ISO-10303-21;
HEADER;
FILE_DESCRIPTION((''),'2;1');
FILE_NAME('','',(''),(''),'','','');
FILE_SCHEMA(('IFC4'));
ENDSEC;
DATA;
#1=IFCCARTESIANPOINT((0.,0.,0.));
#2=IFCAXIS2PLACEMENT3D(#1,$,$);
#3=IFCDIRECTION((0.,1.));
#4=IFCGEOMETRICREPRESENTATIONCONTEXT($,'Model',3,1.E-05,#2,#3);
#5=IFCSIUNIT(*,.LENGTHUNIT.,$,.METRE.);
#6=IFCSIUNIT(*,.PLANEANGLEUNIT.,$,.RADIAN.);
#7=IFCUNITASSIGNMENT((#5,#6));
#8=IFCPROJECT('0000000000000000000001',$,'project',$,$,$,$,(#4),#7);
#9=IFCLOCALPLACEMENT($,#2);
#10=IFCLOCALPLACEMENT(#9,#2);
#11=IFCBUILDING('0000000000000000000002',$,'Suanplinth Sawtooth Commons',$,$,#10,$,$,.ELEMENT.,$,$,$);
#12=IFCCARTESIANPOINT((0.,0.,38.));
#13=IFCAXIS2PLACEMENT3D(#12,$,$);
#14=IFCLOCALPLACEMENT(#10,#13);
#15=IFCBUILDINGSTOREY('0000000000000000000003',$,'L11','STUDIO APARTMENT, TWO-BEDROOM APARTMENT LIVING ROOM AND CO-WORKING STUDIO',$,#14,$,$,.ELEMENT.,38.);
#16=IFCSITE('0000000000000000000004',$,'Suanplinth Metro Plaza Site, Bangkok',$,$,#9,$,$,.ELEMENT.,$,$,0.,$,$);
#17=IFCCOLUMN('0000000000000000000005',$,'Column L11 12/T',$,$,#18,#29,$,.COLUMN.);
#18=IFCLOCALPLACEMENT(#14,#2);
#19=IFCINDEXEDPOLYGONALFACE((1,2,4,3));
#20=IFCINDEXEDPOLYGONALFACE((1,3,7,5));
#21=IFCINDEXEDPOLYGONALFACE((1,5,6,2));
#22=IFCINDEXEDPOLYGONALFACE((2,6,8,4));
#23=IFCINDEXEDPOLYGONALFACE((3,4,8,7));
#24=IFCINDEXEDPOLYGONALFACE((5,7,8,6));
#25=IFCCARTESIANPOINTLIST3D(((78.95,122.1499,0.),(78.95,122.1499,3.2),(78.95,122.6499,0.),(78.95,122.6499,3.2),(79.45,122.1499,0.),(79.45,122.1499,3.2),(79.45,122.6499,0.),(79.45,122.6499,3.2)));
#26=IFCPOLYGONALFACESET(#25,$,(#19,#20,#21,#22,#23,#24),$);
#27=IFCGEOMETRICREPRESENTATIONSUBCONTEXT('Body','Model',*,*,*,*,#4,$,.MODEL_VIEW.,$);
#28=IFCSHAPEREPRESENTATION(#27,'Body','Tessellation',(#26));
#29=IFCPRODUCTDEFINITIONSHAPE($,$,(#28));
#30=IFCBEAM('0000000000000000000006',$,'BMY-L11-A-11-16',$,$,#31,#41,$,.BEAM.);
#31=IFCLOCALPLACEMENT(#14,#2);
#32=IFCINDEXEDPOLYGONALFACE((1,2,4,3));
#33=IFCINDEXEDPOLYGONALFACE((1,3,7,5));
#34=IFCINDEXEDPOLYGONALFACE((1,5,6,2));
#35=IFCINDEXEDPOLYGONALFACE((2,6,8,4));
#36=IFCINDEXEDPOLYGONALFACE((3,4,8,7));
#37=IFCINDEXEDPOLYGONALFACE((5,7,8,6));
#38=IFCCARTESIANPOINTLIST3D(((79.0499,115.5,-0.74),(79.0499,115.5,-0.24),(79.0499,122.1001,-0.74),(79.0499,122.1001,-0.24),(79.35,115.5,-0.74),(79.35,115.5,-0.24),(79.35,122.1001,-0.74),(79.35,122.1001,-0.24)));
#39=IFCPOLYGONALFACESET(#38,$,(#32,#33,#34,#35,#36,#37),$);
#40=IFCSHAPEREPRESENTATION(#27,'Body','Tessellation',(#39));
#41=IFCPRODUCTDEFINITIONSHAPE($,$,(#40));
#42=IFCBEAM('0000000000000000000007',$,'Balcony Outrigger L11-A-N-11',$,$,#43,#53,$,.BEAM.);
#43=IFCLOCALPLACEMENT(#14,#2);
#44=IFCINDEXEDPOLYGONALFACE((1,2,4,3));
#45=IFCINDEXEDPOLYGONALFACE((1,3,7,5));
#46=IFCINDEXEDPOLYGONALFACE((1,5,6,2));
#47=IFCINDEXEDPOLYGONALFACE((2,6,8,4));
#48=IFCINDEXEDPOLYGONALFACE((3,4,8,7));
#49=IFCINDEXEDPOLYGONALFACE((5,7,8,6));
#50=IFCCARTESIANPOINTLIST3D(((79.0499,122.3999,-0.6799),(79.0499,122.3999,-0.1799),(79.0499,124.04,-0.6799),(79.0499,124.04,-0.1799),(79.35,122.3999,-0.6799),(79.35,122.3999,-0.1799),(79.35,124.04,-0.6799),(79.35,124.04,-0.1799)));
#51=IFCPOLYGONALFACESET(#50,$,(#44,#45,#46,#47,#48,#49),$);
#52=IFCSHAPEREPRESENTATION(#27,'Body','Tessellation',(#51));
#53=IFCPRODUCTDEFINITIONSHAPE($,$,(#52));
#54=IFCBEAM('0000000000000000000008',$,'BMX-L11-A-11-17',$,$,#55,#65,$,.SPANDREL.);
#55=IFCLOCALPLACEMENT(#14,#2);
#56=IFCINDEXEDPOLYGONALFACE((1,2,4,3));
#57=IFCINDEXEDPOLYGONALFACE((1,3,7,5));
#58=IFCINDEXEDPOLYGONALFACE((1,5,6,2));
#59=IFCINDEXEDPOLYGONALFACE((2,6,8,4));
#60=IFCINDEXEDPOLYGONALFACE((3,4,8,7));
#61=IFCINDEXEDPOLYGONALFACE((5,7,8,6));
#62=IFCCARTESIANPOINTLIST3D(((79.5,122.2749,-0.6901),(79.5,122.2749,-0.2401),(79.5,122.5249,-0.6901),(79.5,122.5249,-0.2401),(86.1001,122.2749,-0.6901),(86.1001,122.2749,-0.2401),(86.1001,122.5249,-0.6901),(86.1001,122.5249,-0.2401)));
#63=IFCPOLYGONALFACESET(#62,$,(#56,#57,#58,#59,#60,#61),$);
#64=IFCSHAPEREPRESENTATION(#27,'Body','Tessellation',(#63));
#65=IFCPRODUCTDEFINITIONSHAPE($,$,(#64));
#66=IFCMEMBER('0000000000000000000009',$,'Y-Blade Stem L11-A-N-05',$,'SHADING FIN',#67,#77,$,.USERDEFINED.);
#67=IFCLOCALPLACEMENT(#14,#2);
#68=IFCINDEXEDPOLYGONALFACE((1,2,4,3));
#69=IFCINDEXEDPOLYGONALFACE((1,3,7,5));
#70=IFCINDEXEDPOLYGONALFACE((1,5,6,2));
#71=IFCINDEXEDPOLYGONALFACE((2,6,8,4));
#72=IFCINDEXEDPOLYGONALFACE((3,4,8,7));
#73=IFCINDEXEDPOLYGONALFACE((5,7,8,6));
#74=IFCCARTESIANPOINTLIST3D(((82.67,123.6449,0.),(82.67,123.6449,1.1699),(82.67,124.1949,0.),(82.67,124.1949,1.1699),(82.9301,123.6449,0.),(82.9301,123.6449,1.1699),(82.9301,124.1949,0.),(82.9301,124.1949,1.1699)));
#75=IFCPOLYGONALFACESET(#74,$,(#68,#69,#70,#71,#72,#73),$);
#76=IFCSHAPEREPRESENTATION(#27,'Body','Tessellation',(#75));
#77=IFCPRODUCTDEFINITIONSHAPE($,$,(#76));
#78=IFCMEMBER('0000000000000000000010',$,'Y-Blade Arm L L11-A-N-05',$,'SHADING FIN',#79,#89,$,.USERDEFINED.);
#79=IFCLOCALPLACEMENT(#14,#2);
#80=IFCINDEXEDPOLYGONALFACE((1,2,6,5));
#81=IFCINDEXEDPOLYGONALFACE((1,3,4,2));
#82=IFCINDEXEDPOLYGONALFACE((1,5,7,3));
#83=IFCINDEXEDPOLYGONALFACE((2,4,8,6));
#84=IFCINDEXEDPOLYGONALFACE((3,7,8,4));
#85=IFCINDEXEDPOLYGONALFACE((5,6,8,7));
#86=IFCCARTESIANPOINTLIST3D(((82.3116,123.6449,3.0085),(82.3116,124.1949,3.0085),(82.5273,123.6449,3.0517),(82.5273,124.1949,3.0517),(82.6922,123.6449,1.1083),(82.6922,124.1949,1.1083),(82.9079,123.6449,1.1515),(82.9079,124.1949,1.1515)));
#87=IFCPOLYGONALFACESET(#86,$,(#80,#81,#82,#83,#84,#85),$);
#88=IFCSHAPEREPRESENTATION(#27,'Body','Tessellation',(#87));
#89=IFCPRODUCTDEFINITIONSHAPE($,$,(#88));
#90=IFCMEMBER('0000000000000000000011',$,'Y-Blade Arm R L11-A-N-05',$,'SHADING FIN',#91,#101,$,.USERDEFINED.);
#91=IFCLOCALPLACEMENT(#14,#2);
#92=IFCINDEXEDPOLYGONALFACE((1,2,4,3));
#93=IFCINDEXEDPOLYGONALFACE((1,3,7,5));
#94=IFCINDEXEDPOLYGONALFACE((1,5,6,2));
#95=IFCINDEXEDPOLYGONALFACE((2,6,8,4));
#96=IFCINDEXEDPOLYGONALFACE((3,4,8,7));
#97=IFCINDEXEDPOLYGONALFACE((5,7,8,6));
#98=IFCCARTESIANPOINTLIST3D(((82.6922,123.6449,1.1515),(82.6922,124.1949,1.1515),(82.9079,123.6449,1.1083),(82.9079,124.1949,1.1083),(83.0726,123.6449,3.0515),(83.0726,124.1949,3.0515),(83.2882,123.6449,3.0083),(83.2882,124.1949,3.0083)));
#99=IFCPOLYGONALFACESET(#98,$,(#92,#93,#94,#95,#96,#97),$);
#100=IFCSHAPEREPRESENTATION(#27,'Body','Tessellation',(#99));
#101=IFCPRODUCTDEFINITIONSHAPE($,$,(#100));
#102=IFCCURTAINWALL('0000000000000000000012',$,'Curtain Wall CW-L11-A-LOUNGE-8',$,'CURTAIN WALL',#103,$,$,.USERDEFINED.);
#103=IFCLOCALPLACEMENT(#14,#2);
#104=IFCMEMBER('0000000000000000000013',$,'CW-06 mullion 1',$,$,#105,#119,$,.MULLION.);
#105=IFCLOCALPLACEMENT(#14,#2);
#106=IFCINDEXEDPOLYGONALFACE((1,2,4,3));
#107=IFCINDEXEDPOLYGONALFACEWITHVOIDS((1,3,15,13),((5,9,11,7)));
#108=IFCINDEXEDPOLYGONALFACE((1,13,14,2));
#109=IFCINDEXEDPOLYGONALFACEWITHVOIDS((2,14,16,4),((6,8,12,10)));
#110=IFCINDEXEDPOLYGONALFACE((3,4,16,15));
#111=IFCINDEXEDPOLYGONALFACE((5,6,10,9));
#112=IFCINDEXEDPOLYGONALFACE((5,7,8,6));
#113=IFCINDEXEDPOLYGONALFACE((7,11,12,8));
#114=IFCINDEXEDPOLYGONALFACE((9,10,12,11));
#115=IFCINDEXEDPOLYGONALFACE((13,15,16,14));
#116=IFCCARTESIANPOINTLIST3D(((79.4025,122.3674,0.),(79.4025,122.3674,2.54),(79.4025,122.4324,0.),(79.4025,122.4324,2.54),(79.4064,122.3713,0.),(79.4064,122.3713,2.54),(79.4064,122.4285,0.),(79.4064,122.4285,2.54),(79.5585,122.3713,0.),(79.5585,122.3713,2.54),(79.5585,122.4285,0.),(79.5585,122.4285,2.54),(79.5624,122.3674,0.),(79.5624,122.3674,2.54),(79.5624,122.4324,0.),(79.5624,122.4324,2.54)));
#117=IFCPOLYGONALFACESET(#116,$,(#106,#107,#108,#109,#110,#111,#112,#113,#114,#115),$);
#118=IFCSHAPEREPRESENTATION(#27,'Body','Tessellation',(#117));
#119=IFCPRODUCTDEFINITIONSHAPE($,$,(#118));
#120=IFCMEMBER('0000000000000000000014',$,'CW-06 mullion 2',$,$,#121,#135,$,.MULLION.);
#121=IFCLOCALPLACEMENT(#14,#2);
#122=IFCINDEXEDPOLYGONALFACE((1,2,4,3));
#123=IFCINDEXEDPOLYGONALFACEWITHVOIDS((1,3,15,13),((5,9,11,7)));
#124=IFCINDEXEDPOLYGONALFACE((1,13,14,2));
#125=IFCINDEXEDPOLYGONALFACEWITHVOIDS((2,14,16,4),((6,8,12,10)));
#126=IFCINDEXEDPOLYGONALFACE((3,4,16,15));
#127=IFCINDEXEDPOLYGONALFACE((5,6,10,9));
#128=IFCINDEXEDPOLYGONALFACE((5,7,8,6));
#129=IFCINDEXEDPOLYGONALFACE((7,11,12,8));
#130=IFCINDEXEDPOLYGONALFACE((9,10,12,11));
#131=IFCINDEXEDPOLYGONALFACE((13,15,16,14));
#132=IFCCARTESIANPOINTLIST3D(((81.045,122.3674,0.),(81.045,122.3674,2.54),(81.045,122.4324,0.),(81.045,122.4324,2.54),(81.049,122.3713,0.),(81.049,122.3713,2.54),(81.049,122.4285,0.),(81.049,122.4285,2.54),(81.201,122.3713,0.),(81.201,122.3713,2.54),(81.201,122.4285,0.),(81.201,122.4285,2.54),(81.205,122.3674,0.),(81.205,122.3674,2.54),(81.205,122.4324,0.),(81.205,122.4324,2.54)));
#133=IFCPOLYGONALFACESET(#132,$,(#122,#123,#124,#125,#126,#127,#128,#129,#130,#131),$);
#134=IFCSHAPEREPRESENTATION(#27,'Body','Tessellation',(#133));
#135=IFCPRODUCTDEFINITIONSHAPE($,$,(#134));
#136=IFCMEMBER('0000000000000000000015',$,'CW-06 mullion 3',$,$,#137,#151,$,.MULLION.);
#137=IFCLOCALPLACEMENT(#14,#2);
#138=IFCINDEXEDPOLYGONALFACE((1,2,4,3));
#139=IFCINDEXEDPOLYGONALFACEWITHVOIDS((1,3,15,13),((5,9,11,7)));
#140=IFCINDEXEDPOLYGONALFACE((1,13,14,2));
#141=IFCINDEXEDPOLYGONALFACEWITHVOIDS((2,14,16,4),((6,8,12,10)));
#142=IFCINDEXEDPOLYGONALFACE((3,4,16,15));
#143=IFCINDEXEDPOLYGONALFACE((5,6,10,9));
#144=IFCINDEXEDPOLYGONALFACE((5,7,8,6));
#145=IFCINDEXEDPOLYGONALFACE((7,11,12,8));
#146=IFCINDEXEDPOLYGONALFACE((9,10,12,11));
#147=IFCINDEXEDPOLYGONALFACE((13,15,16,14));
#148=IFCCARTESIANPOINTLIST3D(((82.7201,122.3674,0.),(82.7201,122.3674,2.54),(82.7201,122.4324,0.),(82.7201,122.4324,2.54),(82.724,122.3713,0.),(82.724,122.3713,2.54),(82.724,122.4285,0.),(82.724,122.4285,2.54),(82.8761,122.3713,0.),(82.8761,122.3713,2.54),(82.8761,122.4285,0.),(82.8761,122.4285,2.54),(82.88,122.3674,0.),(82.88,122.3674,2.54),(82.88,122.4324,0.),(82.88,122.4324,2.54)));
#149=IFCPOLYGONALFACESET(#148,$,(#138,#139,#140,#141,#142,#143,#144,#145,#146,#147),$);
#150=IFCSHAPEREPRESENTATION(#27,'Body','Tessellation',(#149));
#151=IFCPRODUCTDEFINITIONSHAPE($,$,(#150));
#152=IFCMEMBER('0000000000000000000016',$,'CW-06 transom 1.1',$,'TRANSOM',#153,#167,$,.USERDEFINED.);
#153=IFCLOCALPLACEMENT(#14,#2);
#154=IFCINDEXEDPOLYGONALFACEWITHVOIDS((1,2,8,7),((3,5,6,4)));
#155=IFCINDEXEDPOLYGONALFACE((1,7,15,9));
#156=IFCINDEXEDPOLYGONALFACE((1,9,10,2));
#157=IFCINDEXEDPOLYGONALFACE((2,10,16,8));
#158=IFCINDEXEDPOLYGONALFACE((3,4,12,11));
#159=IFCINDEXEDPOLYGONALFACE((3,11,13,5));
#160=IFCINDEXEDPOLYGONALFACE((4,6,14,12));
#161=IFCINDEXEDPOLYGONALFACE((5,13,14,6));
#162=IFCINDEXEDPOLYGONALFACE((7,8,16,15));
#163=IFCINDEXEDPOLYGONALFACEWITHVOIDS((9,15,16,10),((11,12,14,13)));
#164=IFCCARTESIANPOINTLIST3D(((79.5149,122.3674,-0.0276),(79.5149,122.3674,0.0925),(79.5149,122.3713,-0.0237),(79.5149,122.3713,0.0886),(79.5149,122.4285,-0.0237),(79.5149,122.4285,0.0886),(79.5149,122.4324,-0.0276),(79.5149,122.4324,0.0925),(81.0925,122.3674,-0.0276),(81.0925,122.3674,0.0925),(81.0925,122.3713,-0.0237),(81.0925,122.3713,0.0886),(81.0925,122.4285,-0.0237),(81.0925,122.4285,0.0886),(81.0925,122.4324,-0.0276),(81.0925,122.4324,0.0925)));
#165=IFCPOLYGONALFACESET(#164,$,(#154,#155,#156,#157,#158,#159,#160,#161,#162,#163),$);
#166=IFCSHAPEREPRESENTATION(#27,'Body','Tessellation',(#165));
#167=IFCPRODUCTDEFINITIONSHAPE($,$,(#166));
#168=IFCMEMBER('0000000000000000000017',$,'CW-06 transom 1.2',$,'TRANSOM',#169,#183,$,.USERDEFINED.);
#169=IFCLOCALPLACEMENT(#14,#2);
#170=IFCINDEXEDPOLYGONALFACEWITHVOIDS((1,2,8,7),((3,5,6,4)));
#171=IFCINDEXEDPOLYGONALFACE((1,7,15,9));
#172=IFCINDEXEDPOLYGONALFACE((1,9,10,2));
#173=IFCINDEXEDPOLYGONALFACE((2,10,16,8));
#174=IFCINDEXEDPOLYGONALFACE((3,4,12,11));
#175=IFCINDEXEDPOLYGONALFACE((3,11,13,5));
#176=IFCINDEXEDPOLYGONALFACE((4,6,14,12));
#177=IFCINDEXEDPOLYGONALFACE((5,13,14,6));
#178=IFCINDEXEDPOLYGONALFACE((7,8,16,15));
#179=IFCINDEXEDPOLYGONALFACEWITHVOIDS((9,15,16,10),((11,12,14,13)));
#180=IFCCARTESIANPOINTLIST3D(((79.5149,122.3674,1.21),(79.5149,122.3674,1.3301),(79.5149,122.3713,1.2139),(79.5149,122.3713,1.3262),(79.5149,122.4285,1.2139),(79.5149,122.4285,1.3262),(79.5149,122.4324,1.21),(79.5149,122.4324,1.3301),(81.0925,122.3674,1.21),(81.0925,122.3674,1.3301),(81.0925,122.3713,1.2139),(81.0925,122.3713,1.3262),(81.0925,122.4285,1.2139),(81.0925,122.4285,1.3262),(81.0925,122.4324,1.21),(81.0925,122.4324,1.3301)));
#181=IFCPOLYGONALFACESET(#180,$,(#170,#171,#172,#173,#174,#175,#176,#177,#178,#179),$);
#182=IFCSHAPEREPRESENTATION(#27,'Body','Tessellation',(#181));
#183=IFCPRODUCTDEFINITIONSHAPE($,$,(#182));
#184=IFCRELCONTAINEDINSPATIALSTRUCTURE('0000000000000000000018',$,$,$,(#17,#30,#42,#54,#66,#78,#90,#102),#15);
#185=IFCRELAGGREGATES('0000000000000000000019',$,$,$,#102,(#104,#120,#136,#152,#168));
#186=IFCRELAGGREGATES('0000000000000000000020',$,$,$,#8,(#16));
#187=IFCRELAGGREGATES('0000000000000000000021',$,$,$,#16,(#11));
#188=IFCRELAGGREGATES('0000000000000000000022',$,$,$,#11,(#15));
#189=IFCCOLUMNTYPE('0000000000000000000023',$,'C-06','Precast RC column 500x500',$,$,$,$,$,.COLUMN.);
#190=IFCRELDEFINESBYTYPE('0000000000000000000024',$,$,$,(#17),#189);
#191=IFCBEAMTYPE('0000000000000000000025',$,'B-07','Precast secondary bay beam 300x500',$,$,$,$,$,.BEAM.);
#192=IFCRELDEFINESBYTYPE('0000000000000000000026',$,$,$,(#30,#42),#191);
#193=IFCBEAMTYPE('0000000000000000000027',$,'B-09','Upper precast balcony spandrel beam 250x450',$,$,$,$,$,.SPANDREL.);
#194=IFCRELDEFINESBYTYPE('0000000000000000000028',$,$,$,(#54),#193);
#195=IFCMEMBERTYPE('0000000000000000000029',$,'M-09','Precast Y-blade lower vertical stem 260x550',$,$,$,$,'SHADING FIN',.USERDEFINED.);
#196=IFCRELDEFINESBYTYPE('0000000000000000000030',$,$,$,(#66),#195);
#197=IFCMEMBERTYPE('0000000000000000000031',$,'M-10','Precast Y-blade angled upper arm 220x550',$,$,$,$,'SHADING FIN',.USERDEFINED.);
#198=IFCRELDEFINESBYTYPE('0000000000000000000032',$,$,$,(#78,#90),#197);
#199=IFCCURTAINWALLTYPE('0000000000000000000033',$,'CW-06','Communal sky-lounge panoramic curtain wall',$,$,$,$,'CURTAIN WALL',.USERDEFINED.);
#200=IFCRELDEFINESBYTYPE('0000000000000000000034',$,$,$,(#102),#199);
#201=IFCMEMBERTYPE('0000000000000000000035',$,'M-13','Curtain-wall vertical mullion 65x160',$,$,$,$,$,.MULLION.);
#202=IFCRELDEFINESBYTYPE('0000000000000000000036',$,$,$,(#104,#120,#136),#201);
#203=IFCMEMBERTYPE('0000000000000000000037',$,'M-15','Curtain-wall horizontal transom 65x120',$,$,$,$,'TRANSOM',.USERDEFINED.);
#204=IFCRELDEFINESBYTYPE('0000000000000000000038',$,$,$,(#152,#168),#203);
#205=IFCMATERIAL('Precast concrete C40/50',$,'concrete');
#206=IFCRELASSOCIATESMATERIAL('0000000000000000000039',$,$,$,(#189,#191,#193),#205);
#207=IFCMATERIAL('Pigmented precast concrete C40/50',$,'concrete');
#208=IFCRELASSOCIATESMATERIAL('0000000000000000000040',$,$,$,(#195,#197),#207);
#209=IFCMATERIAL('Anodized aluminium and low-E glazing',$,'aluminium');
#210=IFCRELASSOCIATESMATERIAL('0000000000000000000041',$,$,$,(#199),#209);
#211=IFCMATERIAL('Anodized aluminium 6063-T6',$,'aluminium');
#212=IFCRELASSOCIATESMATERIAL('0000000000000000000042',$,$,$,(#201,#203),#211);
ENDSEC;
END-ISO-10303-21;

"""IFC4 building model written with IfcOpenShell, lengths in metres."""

from ifc_helpers import new_model, si_unit, direction, frame, origin, origin_2d, place, context, subcontext, project, spatial, rectangle, hollow_rectangle, extrude, material, material_profile, profile_set, type_object, element, aggregate, save


model = new_model("IFC4")

# Units and contexts
model_context = context("Model", 3, precision=1e-05, world=origin(), true_north=direction((0.0, 1.0)))
body_context = subcontext(model_context, "Body", "Model", "MODEL_VIEW")
ifc_project = project(units=[si_unit("LENGTHUNIT", "METRE"), si_unit("PLANEANGLEUNIT", "RADIAN")], contexts=[model_context])

# Site, building, storey
site_placement = place(None, origin())
site = spatial("IfcSite", under=ifc_project, at=site_placement, Name="Suanplinth Metro Plaza Site, Bangkok", CompositionType="ELEMENT", RefElevation=0.0)
building_placement = place(site_placement, origin())
building = spatial("IfcBuilding", under=site, at=building_placement, Name="Suanplinth Sawtooth Commons", CompositionType="ELEMENT")
storey_placement = place(building_placement, frame((0.0, 0.0, 38.0)))
storey = spatial("IfcBuildingStorey", under=building, at=storey_placement, Name="L11", Description="STUDIO APARTMENT, TWO-BEDROOM APARTMENT LIVING ROOM AND CO-WORKING STUDIO", CompositionType="ELEMENT", Elevation=38.0)

# Column
ifc_material_1 = material(Name="Precast concrete C40/50", Category="concrete")
ifc_material_profile_1 = material_profile(ifc_material_1, rectangle(XDim=0.5, YDim=0.5, at=origin_2d()), Name="PC-COL 500x500")
ifc_profile_set_1 = profile_set([ifc_material_profile_1], Name="Precast concrete C40/50")
column_type = type_object("IfcColumnType", Name="C-06", Description="Precast RC column 500x500", PredefinedType="COLUMN", material=ifc_profile_set_1)
column_placement = place(storey_placement, frame((79.2, 122.3999, 0.0), z_axis=(0.0, 0.0, 1.0), x_axis=(1.0, 0.0, 0.0)))
element("IfcColumn", 1, at=column_placement, inside=storey, type_object=column_type, Name="Column L11 12/T", PredefinedType="COLUMN", context=body_context, shape_type="SweptSolid", body=[
    extrude(rectangle(XDim=0.5, YDim=0.5, at=origin_2d()), origin(), (0.0, 0.0, 1.0), 3.2),
])

# Beams
ifc_material_profile_2 = material_profile(ifc_material_1, rectangle(XDim=0.3, YDim=0.5, at=origin_2d()), Name="PC-BM 300x500")
ifc_profile_set_2 = profile_set([ifc_material_profile_2], Name="Precast concrete C40/50")
beam_type_1 = type_object("IfcBeamType", Name="B-07", Description="Precast secondary bay beam 300x500", PredefinedType="BEAM", material=ifc_profile_set_2)
beam_1_placement = place(storey_placement, frame((79.2, 115.5, -0.49), z_axis=(0.0, 1.0, 0.0), x_axis=(-1.0, 0.0, 0.0)))
element("IfcBeam", 2, at=beam_1_placement, inside=storey, type_object=beam_type_1, Name="BMY-L11-A-11-16", PredefinedType="BEAM", context=body_context, shape_type="SweptSolid", body=[
    extrude(rectangle(XDim=0.3, YDim=0.5, at=origin_2d()), origin(), (0.0, 0.0, 1.0), 6.6001),
])
beam_2_placement = place(storey_placement, frame((79.2, 122.3999, -0.4299), z_axis=(0.0, 1.0, 0.0), x_axis=(-1.0, 0.0, 0.0)))
element("IfcBeam", 3, at=beam_2_placement, inside=storey, type_object=beam_type_1, Name="Balcony Outrigger L11-A-N-11", PredefinedType="BEAM", context=body_context, shape_type="SweptSolid", body=[
    extrude(rectangle(XDim=0.3, YDim=0.5, at=origin_2d()), origin(), (0.0, 0.0, 1.0), 1.6401),
])
ifc_material_profile_3 = material_profile(ifc_material_1, rectangle(XDim=0.25, YDim=0.45, at=origin_2d()), Name="PC-SP 250x450")
ifc_profile_set_3 = profile_set([ifc_material_profile_3], Name="Precast concrete C40/50")
beam_type_2 = type_object("IfcBeamType", Name="B-09", Description="Upper precast balcony spandrel beam 250x450", PredefinedType="SPANDREL", material=ifc_profile_set_3)
beam_3_placement = place(storey_placement, frame((79.5, 122.3999, -0.4651), z_axis=(1.0, 0.0, 0.0), x_axis=(0.0, 1.0, 0.0)))
element("IfcBeam", 4, at=beam_3_placement, inside=storey, type_object=beam_type_2, Name="BMX-L11-A-11-17", PredefinedType="SPANDREL", context=body_context, shape_type="SweptSolid", body=[
    extrude(rectangle(XDim=0.25, YDim=0.45, at=origin_2d()), origin(), (0.0, 0.0, 1.0), 6.6001),
])

# Members
ifc_material_2 = material(Name="Pigmented precast concrete C40/50", Category="concrete")
ifc_material_profile_4 = material_profile(ifc_material_2, rectangle(XDim=0.26, YDim=0.55, at=origin_2d()), Name="PC-FIN 260x550")
ifc_profile_set_4 = profile_set([ifc_material_profile_4], Name="Pigmented precast concrete C40/50")
member_type_1 = type_object("IfcMemberType", Name="M-09", Description="Precast Y-blade lower vertical stem 260x550", ElementType="SHADING FIN", PredefinedType="USERDEFINED", material=ifc_profile_set_4)
member_1_placement = place(storey_placement, frame((82.8, 123.9199, 0.0), z_axis=(0.0, 0.0, 1.0), x_axis=(1.0, 0.0, 0.0)))
element("IfcMember", 5, at=member_1_placement, inside=storey, type_object=member_type_1, Name="Y-Blade Stem L11-A-N-05", ObjectType="SHADING FIN", PredefinedType="USERDEFINED", context=body_context, shape_type="SweptSolid", body=[
    extrude(rectangle(XDim=0.26, YDim=0.55, at=origin_2d()), origin(), (0.0, 0.0, 1.0), 1.1699),
])
ifc_material_profile_5 = material_profile(ifc_material_2, rectangle(XDim=0.22, YDim=0.55, at=origin_2d()), Name="PC-FIN 220x550")
ifc_profile_set_5 = profile_set([ifc_material_profile_5], Name="Pigmented precast concrete C40/50")
member_type_2 = type_object("IfcMemberType", Name="M-10", Description="Precast Y-blade angled upper arm 220x550", ElementType="SHADING FIN", PredefinedType="USERDEFINED", material=ifc_profile_set_5)
member_2_placement = place(storey_placement, frame((82.8, 123.9199, 1.1299), z_axis=(-0.196407, 0.0, 0.980522), x_axis=(0.980522, 0.0, 0.196407)))
element("IfcMember", 6, at=member_2_placement, inside=storey, type_object=member_type_2, Name="Y-Blade Arm L L11-A-N-05", ObjectType="SHADING FIN", PredefinedType="USERDEFINED", context=body_context, shape_type="SweptSolid", body=[
    extrude(rectangle(XDim=0.22, YDim=0.55, at=origin_2d()), origin(), (0.0, 0.0, 1.0), 1.938),
])
member_3_placement = place(storey_placement, frame((82.8, 123.9199, 1.1299), z_axis=(0.196286, 0.0, 0.980547), x_axis=(-0.980547, 0.0, 0.196286)))
element("IfcMember", 7, at=member_3_placement, inside=storey, type_object=member_type_2, Name="Y-Blade Arm R L11-A-N-05", ObjectType="SHADING FIN", PredefinedType="USERDEFINED", context=body_context, shape_type="SweptSolid", body=[
    extrude(rectangle(XDim=0.22, YDim=0.55, at=origin_2d()), origin(), (0.0, 0.0, 1.0), 1.9377),
])

# Curtain wall, members
ifc_material_3 = material(Name="Anodized aluminium and low-E glazing", Category="aluminium")
curtain_wall_type = type_object("IfcCurtainWallType", Name="CW-06", Description="Communal sky-lounge panoramic curtain wall", ElementType="CURTAIN WALL", PredefinedType="USERDEFINED", material=ifc_material_3)
curtain_wall_placement = place(storey_placement, origin())
curtain_wall = element("IfcCurtainWall", 8, at=curtain_wall_placement, inside=storey, type_object=curtain_wall_type, Name="Curtain Wall CW-L11-A-LOUNGE-8", ObjectType="CURTAIN WALL", PredefinedType="USERDEFINED")
ifc_material_4 = material(Name="Anodized aluminium 6063-T6", Category="aluminium")
ifc_material_profile_6 = material_profile(ifc_material_4, hollow_rectangle(XDim=0.0649, YDim=0.1599, WallThickness=0.0039, at=origin_2d()), Name="ALU-MUL 65x160")
ifc_profile_set_6 = profile_set([ifc_material_profile_6], Name="Anodized aluminium 6063-T6")
member_type_3 = type_object("IfcMemberType", Name="M-13", Description="Curtain-wall vertical mullion 65x160", PredefinedType="MULLION", material=ifc_profile_set_6)
member_4_placement = place(storey_placement, frame((79.4824, 122.3999, 0.0), z_axis=(0.0, 0.0, 1.0), x_axis=(0.0, 1.0, 0.0)))
member_4 = element("IfcMember", 9, at=member_4_placement, type_object=member_type_3, Name="CW-06 mullion 1", PredefinedType="MULLION", context=body_context, shape_type="SweptSolid", body=[
    extrude(hollow_rectangle(XDim=0.0649, YDim=0.1599, WallThickness=0.0039, at=origin_2d()), origin(), (0.0, 0.0, 1.0), 2.54),
])
member_5_placement = place(storey_placement, frame((81.125, 122.3999, 0.0), z_axis=(0.0, 0.0, 1.0), x_axis=(0.0, 1.0, 0.0)))
member_5 = element("IfcMember", 10, at=member_5_placement, type_object=member_type_3, Name="CW-06 mullion 2", PredefinedType="MULLION", context=body_context, shape_type="SweptSolid", body=[
    extrude(hollow_rectangle(XDim=0.0649, YDim=0.1599, WallThickness=0.0039, at=origin_2d()), origin(), (0.0, 0.0, 1.0), 2.54),
])
member_6_placement = place(storey_placement, frame((82.8, 122.3999, 0.0), z_axis=(0.0, 0.0, 1.0), x_axis=(0.0, 1.0, 0.0)))
member_6 = element("IfcMember", 11, at=member_6_placement, type_object=member_type_3, Name="CW-06 mullion 3", PredefinedType="MULLION", context=body_context, shape_type="SweptSolid", body=[
    extrude(hollow_rectangle(XDim=0.0649, YDim=0.1599, WallThickness=0.0039, at=origin_2d()), origin(), (0.0, 0.0, 1.0), 2.54),
])
ifc_material_profile_7 = material_profile(ifc_material_4, hollow_rectangle(XDim=0.0649, YDim=0.1201, WallThickness=0.0039, at=origin_2d()), Name="ALU-TRN 65x120")
ifc_profile_set_7 = profile_set([ifc_material_profile_7], Name="Anodized aluminium 6063-T6")
member_type_4 = type_object("IfcMemberType", Name="M-15", Description="Curtain-wall horizontal transom 65x120", ElementType="TRANSOM", PredefinedType="USERDEFINED", material=ifc_profile_set_7)
member_7_placement = place(storey_placement, frame((79.5149, 122.3999, 0.0325), z_axis=(1.0, 0.0, 0.0), x_axis=(0.0, 1.0, 0.0)))
member_7 = element("IfcMember", 12, at=member_7_placement, type_object=member_type_4, Name="CW-06 transom 1.1", ObjectType="TRANSOM", PredefinedType="USERDEFINED", context=body_context, shape_type="SweptSolid", body=[
    extrude(hollow_rectangle(XDim=0.0649, YDim=0.1201, WallThickness=0.0039, at=origin_2d()), origin(), (0.0, 0.0, 1.0), 1.5776),
])
member_8_placement = place(storey_placement, frame((79.5149, 122.3999, 1.27), z_axis=(1.0, 0.0, 0.0), x_axis=(0.0, 1.0, 0.0)))
member_8 = element("IfcMember", 13, at=member_8_placement, type_object=member_type_4, Name="CW-06 transom 1.2", ObjectType="TRANSOM", PredefinedType="USERDEFINED", context=body_context, shape_type="SweptSolid", body=[
    extrude(hollow_rectangle(XDim=0.0649, YDim=0.1201, WallThickness=0.0039, at=origin_2d()), origin(), (0.0, 0.0, 1.0), 1.5776),
])

aggregate(curtain_wall, [member_4, member_5, member_6, member_7, member_8])

save(model, "model.ifc")
